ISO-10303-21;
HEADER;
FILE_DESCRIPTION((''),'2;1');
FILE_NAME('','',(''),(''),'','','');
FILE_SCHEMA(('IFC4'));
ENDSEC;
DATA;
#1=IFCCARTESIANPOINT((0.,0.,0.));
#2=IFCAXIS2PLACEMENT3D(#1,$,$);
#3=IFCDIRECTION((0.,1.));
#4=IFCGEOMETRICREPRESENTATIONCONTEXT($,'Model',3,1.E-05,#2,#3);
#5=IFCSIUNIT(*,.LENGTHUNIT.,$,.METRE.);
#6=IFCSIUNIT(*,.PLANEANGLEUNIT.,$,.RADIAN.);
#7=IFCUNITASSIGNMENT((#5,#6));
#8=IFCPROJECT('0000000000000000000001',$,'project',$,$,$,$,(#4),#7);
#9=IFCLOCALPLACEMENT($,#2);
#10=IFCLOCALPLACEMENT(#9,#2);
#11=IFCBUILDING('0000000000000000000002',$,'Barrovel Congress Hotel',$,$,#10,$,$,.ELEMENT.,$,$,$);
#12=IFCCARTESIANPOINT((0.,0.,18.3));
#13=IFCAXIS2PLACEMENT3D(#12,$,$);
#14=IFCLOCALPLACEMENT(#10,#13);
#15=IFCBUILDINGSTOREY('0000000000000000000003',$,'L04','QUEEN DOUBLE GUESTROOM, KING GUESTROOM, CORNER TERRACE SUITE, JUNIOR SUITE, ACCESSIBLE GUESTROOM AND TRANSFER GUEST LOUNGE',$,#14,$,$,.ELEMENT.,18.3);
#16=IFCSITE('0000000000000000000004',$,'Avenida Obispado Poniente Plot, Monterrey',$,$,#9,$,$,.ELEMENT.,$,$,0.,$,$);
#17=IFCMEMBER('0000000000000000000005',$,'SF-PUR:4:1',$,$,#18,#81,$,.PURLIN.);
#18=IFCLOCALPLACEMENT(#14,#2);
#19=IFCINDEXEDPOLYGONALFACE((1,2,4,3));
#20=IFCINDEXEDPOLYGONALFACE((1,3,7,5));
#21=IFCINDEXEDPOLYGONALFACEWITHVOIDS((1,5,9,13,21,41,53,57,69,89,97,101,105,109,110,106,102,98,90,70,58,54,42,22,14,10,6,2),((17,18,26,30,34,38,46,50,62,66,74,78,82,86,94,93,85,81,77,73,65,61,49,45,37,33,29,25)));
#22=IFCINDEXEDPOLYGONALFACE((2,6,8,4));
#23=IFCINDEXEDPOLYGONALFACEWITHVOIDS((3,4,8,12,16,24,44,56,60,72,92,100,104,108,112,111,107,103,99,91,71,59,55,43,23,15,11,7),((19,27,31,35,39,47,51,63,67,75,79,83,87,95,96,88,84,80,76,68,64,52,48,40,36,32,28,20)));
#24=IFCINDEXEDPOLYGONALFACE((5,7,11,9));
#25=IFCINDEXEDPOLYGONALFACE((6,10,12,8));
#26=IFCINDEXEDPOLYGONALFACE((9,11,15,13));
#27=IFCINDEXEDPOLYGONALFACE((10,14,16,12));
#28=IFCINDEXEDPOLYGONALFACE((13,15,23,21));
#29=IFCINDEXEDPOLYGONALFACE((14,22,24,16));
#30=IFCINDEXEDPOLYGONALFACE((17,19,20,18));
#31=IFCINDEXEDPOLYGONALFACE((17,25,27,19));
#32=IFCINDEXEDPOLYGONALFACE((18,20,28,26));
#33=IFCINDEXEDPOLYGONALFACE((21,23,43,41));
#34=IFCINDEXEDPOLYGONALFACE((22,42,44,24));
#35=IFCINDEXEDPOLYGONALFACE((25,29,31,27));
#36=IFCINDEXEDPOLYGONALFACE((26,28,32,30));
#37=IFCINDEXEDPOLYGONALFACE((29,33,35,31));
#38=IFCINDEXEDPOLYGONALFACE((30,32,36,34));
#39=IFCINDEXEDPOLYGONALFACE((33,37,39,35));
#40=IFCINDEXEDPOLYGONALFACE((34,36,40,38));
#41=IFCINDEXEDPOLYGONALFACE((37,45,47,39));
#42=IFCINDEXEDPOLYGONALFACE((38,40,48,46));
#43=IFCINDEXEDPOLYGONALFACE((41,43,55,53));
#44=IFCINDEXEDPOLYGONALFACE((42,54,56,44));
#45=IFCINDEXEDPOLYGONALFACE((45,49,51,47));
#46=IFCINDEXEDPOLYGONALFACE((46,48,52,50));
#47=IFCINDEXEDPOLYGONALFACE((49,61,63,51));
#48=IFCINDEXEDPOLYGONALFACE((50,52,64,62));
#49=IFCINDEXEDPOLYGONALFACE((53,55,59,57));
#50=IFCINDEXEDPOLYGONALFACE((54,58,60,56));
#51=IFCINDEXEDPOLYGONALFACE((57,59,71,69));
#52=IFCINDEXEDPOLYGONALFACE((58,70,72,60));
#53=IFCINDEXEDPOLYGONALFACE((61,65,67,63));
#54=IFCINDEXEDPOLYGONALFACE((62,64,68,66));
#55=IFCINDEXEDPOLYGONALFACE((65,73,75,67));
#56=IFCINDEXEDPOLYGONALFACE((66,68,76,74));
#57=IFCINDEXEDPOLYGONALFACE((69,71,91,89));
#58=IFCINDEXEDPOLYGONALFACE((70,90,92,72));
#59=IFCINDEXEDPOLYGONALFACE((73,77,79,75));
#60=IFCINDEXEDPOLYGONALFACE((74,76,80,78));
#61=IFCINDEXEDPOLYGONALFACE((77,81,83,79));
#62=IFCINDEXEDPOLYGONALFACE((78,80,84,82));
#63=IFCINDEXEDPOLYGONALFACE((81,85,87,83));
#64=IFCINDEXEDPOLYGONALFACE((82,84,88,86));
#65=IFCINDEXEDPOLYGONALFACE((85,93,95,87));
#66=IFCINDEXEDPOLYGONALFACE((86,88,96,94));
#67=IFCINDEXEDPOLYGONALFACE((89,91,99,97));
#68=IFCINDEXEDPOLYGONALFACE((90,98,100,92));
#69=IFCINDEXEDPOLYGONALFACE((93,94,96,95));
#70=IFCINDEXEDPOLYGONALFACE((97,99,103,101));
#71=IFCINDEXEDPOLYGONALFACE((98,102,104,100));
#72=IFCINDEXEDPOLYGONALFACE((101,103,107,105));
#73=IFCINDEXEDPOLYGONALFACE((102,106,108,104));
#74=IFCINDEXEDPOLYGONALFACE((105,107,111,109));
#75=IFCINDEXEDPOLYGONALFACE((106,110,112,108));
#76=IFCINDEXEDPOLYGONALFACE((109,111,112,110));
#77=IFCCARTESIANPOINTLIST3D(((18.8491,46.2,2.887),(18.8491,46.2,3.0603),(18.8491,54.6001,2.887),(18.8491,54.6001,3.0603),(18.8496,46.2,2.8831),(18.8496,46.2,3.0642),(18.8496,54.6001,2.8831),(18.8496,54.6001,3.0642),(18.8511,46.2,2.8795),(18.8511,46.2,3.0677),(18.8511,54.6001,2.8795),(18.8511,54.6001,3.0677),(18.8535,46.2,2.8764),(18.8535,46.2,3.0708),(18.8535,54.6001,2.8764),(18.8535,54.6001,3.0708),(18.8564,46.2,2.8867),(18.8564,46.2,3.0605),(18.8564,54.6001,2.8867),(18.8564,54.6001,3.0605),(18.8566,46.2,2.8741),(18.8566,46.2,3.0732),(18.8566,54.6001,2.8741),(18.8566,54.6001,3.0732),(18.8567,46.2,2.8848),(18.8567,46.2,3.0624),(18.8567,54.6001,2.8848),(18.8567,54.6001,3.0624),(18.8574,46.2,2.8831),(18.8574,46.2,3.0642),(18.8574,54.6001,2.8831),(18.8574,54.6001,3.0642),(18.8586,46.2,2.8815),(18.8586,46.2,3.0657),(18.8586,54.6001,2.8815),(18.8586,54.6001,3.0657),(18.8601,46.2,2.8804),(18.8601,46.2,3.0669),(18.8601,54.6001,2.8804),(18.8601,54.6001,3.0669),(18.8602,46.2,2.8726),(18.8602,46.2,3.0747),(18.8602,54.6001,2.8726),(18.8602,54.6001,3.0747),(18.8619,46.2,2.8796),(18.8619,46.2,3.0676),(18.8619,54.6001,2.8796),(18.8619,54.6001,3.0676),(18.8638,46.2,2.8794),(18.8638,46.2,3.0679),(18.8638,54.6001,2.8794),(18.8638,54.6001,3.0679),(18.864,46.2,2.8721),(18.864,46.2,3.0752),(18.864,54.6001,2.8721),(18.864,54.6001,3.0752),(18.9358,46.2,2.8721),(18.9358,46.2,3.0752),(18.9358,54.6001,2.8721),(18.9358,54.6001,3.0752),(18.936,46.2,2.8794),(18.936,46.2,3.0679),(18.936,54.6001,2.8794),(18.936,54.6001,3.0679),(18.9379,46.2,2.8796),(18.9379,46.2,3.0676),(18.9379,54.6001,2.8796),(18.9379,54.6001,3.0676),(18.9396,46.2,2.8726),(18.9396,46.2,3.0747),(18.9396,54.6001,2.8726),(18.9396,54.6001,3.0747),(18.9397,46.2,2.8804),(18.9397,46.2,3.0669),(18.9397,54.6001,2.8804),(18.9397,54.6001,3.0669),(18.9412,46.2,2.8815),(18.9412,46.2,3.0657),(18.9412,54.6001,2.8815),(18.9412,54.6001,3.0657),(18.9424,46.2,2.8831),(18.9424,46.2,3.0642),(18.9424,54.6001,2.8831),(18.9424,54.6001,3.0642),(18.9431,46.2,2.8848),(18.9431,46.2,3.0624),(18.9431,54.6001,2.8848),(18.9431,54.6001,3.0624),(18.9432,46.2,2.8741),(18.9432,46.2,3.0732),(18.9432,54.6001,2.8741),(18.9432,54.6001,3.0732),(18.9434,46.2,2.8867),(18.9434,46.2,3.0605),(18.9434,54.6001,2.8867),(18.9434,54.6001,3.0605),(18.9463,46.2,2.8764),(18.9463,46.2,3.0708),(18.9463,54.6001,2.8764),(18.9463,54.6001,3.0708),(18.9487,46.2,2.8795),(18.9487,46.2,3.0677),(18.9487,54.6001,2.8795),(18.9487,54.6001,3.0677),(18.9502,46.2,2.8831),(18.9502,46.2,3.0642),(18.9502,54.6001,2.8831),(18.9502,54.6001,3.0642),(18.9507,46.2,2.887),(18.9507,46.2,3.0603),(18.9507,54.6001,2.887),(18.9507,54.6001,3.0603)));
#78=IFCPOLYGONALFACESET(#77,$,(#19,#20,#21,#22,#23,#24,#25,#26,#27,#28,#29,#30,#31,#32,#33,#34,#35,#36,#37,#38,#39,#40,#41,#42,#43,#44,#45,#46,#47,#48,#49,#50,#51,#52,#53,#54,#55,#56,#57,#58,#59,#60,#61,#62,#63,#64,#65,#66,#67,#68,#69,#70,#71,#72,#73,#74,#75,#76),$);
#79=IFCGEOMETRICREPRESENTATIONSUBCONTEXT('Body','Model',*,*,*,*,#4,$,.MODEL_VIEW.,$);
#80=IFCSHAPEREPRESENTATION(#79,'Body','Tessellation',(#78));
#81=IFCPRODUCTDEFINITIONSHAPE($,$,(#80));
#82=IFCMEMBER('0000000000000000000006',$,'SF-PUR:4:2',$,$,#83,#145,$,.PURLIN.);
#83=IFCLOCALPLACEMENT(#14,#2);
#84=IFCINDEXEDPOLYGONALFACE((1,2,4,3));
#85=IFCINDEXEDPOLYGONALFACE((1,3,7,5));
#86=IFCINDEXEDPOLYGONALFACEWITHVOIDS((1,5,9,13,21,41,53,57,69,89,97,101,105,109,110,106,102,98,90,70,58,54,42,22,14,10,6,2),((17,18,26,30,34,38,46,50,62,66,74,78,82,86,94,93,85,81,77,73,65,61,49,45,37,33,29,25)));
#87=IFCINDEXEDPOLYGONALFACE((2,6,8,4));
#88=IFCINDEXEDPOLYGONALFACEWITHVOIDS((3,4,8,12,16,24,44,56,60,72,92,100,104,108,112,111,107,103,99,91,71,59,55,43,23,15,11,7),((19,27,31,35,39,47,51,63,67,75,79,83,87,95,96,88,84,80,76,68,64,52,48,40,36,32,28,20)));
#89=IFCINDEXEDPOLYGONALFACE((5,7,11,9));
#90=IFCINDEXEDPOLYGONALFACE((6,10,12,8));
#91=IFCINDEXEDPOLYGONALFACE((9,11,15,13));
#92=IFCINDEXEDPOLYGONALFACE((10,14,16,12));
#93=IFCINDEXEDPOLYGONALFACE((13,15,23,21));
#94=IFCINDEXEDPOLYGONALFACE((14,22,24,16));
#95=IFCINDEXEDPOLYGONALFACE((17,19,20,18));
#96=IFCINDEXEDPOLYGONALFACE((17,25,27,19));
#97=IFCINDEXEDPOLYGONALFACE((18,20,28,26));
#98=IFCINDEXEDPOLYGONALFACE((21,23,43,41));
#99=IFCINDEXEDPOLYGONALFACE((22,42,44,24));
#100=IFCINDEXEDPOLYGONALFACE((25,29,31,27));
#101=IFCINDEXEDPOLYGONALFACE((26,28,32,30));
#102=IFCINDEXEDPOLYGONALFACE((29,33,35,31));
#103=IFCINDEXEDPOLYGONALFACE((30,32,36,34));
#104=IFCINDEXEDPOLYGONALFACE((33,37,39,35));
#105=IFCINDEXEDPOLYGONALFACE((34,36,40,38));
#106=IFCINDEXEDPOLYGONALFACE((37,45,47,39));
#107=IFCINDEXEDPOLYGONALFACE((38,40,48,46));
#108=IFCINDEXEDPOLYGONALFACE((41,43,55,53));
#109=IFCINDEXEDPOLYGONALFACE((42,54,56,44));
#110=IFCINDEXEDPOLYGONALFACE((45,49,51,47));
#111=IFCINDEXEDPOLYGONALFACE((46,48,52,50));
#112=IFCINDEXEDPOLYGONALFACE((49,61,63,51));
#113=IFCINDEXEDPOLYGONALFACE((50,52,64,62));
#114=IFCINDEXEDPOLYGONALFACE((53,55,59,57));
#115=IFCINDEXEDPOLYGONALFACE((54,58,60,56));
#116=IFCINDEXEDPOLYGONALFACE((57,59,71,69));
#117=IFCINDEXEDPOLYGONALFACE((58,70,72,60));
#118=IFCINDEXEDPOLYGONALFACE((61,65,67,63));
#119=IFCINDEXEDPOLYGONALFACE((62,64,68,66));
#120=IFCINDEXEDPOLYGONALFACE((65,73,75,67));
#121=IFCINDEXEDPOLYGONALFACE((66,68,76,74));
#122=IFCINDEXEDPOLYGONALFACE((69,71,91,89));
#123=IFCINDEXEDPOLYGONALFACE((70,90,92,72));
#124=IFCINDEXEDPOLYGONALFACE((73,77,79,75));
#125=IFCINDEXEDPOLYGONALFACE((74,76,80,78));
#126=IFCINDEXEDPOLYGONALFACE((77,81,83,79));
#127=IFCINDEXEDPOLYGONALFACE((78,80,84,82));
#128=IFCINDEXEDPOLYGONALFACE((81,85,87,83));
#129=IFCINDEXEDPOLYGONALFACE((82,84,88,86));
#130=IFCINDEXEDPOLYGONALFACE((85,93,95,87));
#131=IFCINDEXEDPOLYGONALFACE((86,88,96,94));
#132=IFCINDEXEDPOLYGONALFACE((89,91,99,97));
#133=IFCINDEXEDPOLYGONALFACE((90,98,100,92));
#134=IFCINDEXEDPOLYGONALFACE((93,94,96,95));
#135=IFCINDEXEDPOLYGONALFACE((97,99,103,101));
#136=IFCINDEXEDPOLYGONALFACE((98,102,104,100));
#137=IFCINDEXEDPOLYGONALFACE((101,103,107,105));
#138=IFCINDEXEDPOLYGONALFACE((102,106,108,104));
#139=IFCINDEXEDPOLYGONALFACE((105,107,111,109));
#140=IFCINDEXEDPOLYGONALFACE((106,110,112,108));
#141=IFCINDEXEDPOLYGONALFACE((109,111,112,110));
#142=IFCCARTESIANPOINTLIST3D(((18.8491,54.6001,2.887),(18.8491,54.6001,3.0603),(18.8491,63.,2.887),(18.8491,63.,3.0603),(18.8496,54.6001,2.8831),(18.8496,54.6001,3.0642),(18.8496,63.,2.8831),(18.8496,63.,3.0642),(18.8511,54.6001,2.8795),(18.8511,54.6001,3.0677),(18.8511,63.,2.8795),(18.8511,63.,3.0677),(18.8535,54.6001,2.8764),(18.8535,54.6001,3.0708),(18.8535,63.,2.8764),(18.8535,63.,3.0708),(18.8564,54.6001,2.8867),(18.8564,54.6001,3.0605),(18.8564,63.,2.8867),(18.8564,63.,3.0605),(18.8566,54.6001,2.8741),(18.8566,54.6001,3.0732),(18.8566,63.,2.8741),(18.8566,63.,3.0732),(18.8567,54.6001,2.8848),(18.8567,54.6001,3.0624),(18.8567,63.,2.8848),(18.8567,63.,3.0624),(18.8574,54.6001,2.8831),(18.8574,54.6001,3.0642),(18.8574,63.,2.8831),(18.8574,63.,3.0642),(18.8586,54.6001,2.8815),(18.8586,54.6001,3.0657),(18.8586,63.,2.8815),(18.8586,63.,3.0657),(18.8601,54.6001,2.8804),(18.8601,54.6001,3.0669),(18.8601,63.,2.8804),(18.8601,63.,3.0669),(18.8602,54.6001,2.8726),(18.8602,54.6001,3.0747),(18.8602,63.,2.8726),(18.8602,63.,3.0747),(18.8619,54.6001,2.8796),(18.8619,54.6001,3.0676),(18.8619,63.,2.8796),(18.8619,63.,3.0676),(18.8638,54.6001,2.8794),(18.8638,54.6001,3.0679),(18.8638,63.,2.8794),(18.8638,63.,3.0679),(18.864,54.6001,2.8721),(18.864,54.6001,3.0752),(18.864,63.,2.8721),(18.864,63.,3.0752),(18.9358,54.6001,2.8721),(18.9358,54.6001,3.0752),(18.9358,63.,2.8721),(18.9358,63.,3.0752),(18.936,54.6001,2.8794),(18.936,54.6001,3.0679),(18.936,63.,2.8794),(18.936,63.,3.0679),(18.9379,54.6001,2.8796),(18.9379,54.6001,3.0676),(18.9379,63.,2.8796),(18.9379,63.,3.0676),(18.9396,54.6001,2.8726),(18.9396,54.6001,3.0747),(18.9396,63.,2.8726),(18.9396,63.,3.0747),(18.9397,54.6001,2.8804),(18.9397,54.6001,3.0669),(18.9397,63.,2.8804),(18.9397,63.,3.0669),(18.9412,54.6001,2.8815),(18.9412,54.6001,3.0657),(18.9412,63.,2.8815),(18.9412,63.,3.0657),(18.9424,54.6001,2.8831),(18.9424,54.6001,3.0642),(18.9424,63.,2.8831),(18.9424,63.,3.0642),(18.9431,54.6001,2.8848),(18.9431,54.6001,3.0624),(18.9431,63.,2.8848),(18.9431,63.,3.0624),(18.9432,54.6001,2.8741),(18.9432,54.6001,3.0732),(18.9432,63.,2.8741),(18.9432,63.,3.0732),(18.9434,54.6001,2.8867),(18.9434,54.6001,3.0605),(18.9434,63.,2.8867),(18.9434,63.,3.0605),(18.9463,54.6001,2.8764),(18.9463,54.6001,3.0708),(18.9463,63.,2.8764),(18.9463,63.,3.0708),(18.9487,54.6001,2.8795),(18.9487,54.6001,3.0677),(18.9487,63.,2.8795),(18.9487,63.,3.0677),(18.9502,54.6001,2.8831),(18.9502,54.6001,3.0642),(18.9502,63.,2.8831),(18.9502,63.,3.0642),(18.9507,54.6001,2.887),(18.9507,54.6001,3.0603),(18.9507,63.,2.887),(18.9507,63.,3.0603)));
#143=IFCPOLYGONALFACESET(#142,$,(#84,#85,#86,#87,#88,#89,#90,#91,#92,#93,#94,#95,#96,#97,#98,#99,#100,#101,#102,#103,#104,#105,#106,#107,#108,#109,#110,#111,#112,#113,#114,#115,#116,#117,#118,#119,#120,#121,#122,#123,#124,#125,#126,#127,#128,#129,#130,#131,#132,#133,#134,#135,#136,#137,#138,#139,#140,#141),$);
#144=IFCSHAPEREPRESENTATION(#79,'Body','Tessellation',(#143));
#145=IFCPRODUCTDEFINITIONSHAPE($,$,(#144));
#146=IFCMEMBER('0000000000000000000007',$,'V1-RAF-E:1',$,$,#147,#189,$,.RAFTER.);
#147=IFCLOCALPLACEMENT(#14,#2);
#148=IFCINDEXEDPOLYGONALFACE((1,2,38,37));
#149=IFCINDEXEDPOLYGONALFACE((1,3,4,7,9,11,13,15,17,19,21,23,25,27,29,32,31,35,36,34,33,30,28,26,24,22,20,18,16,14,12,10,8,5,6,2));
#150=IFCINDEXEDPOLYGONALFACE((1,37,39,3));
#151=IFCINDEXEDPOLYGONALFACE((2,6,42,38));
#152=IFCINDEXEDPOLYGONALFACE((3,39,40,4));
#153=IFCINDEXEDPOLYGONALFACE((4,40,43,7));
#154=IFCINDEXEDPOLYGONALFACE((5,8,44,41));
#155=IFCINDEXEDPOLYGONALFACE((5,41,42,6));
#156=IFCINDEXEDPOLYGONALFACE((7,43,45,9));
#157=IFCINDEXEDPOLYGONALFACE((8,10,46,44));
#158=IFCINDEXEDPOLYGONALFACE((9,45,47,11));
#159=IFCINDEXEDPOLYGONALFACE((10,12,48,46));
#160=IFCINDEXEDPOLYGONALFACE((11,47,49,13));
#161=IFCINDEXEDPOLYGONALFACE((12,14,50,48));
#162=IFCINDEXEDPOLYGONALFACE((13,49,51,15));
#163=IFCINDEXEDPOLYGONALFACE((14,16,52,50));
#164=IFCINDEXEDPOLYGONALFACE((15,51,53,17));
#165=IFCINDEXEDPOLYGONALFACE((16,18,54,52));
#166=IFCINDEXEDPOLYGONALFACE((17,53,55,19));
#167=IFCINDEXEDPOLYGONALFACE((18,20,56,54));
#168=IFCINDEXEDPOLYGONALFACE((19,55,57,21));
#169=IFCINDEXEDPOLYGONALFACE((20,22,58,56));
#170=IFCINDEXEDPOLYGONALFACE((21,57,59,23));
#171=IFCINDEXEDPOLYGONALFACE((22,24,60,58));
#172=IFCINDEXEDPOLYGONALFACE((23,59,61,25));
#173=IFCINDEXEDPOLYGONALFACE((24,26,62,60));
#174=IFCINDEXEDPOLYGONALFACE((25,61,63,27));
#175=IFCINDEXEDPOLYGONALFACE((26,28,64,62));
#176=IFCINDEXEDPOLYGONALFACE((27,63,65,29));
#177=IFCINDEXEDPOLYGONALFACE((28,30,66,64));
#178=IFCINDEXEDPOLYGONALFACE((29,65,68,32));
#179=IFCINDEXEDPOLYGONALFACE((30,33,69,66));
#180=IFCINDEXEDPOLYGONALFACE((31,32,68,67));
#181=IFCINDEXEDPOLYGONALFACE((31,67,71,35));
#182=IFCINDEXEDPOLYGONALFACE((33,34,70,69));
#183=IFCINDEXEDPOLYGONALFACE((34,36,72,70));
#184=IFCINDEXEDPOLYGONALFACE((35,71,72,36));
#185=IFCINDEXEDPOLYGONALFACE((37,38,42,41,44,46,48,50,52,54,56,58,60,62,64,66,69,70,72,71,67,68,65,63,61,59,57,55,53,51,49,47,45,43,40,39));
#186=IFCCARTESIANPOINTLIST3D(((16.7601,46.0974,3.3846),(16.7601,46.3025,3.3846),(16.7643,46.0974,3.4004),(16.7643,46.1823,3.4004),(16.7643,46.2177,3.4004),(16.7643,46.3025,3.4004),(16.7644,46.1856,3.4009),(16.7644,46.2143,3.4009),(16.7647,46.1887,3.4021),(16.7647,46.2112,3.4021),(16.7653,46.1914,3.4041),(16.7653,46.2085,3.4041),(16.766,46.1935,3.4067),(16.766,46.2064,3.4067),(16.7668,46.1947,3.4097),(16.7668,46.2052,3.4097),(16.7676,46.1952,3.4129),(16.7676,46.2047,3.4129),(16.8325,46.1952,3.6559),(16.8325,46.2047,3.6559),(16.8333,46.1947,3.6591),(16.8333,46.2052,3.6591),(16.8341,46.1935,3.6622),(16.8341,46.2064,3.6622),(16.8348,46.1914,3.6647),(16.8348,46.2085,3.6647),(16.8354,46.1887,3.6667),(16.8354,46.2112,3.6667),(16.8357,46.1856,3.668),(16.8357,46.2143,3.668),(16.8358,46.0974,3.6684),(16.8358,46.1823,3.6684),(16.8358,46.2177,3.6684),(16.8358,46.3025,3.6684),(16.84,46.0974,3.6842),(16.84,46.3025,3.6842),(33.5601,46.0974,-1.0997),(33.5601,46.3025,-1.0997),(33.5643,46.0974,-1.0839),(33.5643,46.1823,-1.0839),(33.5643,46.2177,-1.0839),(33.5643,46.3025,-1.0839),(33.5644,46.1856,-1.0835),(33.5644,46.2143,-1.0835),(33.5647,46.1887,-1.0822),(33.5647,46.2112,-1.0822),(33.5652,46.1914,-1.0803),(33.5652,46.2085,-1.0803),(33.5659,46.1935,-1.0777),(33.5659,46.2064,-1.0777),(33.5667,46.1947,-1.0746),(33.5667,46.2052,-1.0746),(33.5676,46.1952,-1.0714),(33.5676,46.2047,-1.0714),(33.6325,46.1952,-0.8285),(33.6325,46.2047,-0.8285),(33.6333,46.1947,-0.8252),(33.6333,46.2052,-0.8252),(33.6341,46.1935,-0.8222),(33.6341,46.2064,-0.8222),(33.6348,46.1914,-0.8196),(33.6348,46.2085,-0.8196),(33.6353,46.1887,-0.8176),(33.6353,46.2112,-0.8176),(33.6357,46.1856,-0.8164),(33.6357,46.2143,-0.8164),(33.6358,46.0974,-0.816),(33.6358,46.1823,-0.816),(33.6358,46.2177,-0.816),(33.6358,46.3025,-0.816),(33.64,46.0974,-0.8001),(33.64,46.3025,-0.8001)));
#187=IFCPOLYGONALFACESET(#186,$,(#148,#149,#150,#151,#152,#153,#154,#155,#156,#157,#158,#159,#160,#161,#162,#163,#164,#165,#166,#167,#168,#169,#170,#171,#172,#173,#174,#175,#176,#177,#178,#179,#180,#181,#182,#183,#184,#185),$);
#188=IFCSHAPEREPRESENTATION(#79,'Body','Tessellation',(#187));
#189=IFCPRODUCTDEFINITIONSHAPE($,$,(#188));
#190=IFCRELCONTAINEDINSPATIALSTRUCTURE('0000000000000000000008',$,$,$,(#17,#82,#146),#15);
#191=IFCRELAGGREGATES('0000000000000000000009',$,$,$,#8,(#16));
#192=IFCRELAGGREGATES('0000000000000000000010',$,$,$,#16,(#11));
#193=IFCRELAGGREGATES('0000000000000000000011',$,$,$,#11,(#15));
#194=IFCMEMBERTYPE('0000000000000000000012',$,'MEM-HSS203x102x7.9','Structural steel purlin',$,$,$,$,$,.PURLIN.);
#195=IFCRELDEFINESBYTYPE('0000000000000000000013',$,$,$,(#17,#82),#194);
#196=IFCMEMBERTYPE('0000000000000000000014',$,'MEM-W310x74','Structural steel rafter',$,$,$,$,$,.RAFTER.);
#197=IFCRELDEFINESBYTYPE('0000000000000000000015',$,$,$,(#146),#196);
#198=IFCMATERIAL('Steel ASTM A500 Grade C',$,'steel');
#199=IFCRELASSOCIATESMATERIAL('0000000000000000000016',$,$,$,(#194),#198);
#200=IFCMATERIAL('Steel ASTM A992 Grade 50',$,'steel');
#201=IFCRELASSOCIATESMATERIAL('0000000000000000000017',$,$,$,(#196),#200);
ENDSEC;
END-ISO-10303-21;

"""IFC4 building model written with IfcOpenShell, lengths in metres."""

from ifc_helpers import new_model, si_unit, direction, frame, origin, origin_2d, place, context, subcontext, project, spatial, hollow_rectangle, i_section, extrude, material, material_profile, profile_set, type_object, element, save


model = new_model("IFC4")

# Units and contexts
model_context = context("Model", 3, precision=1e-05, world=origin(), true_north=direction((0.0, 1.0)))
body_context = subcontext(model_context, "Body", "Model", "MODEL_VIEW")
ifc_project = project(units=[si_unit("LENGTHUNIT", "METRE"), si_unit("PLANEANGLEUNIT", "RADIAN")], contexts=[model_context])

# Site, building, storey
site_placement = place(None, origin())
site = spatial("IfcSite", under=ifc_project, at=site_placement, Name="Avenida Obispado Poniente Plot, Monterrey", CompositionType="ELEMENT", RefElevation=0.0)
building_placement = place(site_placement, origin())
building = spatial("IfcBuilding", under=site, at=building_placement, Name="Barrovel Congress Hotel", CompositionType="ELEMENT")
storey_placement = place(building_placement, frame((0.0, 0.0, 18.3)))
storey = spatial("IfcBuildingStorey", under=building, at=storey_placement, Name="L04", Description="QUEEN DOUBLE GUESTROOM, KING GUESTROOM, CORNER TERRACE SUITE, JUNIOR SUITE, ACCESSIBLE GUESTROOM AND TRANSFER GUEST LOUNGE", CompositionType="ELEMENT", Elevation=18.3)

# Members
ifc_material_1 = material(Name="Steel ASTM A500 Grade C", Category="steel")
ifc_material_profile_1 = material_profile(ifc_material_1, hollow_rectangle(XDim=0.1016, YDim=0.2031, WallThickness=0.0073, InnerFilletRadius=0.0073, OuterFilletRadius=0.0149, at=origin_2d()), Name="HSS203x102x7.9")
ifc_profile_set_1 = profile_set([ifc_material_profile_1], Name="Steel ASTM A500 Grade C")
member_type_1 = type_object("IfcMemberType", Name="MEM-HSS203x102x7.9", Description="Structural steel purlin", PredefinedType="PURLIN", material=ifc_profile_set_1)
member_1_placement = place(storey_placement, frame((18.8999, 46.2, 2.9736), z_axis=(0.0, 1.0, 0.0), x_axis=(-1.0, 0.0, 0.0)))
element("IfcMember", 1, at=member_1_placement, inside=storey, type_object=member_type_1, Name="SF-PUR:4:1", PredefinedType="PURLIN", context=body_context, shape_type="SweptSolid", body=[
    extrude(hollow_rectangle(XDim=0.1016, YDim=0.2031, WallThickness=0.0073, InnerFilletRadius=0.0073, OuterFilletRadius=0.0149, at=origin_2d()), origin(), (0.0, 0.0, 1.0), 8.4001),
])
member_2_placement = place(storey_placement, frame((18.8999, 54.6001, 2.9736), z_axis=(0.0, 1.0, 0.0), x_axis=(-1.0, 0.0, 0.0)))
element("IfcMember", 2, at=member_2_placement, inside=storey, type_object=member_type_1, Name="SF-PUR:4:2", PredefinedType="PURLIN", context=body_context, shape_type="SweptSolid", body=[
    extrude(hollow_rectangle(XDim=0.1016, YDim=0.2031, WallThickness=0.0073, InnerFilletRadius=0.0073, OuterFilletRadius=0.0149, at=origin_2d()), origin(), (0.0, 0.0, 1.0), 8.3999),
])
ifc_material_2 = material(Name="Steel ASTM A992 Grade 50", Category="steel")
ifc_material_profile_2 = material_profile(ifc_material_2, i_section(OverallWidth=0.2051, OverallDepth=0.3101, WebThickness=0.0095, FlangeThickness=0.0164, FilletRadius=0.0129, at=origin_2d()), Name="W310x74")
ifc_profile_set_2 = profile_set([ifc_material_profile_2], Name="Steel ASTM A992 Grade 50")
member_type_2 = type_object("IfcMemberType", Name="MEM-W310x74", Description="Structural steel rafter", PredefinedType="RAFTER", material=ifc_profile_set_2)
for number, where, z_axis, x_axis, name in (
    (3, (16.8, 46.2, 3.5344), (0.966172, 0.0, -0.257897), (0.0, 1.0, 0.0), "V1-RAF-E:1"),
):
    element("IfcMember", number, at=place(storey_placement, frame(where, z_axis=z_axis, x_axis=x_axis)), inside=storey, type_object=member_type_2, Name=name, PredefinedType="RAFTER", context=body_context, shape_type="SweptSolid", body=[
        extrude(i_section(OverallWidth=0.2051, OverallDepth=0.3101, WebThickness=0.0095, FlangeThickness=0.0164, FilletRadius=0.0129, at=origin_2d()), origin(), (0.0, 0.0, 1.0), 17.3882),
    ])

save(model, "model.ifc")
